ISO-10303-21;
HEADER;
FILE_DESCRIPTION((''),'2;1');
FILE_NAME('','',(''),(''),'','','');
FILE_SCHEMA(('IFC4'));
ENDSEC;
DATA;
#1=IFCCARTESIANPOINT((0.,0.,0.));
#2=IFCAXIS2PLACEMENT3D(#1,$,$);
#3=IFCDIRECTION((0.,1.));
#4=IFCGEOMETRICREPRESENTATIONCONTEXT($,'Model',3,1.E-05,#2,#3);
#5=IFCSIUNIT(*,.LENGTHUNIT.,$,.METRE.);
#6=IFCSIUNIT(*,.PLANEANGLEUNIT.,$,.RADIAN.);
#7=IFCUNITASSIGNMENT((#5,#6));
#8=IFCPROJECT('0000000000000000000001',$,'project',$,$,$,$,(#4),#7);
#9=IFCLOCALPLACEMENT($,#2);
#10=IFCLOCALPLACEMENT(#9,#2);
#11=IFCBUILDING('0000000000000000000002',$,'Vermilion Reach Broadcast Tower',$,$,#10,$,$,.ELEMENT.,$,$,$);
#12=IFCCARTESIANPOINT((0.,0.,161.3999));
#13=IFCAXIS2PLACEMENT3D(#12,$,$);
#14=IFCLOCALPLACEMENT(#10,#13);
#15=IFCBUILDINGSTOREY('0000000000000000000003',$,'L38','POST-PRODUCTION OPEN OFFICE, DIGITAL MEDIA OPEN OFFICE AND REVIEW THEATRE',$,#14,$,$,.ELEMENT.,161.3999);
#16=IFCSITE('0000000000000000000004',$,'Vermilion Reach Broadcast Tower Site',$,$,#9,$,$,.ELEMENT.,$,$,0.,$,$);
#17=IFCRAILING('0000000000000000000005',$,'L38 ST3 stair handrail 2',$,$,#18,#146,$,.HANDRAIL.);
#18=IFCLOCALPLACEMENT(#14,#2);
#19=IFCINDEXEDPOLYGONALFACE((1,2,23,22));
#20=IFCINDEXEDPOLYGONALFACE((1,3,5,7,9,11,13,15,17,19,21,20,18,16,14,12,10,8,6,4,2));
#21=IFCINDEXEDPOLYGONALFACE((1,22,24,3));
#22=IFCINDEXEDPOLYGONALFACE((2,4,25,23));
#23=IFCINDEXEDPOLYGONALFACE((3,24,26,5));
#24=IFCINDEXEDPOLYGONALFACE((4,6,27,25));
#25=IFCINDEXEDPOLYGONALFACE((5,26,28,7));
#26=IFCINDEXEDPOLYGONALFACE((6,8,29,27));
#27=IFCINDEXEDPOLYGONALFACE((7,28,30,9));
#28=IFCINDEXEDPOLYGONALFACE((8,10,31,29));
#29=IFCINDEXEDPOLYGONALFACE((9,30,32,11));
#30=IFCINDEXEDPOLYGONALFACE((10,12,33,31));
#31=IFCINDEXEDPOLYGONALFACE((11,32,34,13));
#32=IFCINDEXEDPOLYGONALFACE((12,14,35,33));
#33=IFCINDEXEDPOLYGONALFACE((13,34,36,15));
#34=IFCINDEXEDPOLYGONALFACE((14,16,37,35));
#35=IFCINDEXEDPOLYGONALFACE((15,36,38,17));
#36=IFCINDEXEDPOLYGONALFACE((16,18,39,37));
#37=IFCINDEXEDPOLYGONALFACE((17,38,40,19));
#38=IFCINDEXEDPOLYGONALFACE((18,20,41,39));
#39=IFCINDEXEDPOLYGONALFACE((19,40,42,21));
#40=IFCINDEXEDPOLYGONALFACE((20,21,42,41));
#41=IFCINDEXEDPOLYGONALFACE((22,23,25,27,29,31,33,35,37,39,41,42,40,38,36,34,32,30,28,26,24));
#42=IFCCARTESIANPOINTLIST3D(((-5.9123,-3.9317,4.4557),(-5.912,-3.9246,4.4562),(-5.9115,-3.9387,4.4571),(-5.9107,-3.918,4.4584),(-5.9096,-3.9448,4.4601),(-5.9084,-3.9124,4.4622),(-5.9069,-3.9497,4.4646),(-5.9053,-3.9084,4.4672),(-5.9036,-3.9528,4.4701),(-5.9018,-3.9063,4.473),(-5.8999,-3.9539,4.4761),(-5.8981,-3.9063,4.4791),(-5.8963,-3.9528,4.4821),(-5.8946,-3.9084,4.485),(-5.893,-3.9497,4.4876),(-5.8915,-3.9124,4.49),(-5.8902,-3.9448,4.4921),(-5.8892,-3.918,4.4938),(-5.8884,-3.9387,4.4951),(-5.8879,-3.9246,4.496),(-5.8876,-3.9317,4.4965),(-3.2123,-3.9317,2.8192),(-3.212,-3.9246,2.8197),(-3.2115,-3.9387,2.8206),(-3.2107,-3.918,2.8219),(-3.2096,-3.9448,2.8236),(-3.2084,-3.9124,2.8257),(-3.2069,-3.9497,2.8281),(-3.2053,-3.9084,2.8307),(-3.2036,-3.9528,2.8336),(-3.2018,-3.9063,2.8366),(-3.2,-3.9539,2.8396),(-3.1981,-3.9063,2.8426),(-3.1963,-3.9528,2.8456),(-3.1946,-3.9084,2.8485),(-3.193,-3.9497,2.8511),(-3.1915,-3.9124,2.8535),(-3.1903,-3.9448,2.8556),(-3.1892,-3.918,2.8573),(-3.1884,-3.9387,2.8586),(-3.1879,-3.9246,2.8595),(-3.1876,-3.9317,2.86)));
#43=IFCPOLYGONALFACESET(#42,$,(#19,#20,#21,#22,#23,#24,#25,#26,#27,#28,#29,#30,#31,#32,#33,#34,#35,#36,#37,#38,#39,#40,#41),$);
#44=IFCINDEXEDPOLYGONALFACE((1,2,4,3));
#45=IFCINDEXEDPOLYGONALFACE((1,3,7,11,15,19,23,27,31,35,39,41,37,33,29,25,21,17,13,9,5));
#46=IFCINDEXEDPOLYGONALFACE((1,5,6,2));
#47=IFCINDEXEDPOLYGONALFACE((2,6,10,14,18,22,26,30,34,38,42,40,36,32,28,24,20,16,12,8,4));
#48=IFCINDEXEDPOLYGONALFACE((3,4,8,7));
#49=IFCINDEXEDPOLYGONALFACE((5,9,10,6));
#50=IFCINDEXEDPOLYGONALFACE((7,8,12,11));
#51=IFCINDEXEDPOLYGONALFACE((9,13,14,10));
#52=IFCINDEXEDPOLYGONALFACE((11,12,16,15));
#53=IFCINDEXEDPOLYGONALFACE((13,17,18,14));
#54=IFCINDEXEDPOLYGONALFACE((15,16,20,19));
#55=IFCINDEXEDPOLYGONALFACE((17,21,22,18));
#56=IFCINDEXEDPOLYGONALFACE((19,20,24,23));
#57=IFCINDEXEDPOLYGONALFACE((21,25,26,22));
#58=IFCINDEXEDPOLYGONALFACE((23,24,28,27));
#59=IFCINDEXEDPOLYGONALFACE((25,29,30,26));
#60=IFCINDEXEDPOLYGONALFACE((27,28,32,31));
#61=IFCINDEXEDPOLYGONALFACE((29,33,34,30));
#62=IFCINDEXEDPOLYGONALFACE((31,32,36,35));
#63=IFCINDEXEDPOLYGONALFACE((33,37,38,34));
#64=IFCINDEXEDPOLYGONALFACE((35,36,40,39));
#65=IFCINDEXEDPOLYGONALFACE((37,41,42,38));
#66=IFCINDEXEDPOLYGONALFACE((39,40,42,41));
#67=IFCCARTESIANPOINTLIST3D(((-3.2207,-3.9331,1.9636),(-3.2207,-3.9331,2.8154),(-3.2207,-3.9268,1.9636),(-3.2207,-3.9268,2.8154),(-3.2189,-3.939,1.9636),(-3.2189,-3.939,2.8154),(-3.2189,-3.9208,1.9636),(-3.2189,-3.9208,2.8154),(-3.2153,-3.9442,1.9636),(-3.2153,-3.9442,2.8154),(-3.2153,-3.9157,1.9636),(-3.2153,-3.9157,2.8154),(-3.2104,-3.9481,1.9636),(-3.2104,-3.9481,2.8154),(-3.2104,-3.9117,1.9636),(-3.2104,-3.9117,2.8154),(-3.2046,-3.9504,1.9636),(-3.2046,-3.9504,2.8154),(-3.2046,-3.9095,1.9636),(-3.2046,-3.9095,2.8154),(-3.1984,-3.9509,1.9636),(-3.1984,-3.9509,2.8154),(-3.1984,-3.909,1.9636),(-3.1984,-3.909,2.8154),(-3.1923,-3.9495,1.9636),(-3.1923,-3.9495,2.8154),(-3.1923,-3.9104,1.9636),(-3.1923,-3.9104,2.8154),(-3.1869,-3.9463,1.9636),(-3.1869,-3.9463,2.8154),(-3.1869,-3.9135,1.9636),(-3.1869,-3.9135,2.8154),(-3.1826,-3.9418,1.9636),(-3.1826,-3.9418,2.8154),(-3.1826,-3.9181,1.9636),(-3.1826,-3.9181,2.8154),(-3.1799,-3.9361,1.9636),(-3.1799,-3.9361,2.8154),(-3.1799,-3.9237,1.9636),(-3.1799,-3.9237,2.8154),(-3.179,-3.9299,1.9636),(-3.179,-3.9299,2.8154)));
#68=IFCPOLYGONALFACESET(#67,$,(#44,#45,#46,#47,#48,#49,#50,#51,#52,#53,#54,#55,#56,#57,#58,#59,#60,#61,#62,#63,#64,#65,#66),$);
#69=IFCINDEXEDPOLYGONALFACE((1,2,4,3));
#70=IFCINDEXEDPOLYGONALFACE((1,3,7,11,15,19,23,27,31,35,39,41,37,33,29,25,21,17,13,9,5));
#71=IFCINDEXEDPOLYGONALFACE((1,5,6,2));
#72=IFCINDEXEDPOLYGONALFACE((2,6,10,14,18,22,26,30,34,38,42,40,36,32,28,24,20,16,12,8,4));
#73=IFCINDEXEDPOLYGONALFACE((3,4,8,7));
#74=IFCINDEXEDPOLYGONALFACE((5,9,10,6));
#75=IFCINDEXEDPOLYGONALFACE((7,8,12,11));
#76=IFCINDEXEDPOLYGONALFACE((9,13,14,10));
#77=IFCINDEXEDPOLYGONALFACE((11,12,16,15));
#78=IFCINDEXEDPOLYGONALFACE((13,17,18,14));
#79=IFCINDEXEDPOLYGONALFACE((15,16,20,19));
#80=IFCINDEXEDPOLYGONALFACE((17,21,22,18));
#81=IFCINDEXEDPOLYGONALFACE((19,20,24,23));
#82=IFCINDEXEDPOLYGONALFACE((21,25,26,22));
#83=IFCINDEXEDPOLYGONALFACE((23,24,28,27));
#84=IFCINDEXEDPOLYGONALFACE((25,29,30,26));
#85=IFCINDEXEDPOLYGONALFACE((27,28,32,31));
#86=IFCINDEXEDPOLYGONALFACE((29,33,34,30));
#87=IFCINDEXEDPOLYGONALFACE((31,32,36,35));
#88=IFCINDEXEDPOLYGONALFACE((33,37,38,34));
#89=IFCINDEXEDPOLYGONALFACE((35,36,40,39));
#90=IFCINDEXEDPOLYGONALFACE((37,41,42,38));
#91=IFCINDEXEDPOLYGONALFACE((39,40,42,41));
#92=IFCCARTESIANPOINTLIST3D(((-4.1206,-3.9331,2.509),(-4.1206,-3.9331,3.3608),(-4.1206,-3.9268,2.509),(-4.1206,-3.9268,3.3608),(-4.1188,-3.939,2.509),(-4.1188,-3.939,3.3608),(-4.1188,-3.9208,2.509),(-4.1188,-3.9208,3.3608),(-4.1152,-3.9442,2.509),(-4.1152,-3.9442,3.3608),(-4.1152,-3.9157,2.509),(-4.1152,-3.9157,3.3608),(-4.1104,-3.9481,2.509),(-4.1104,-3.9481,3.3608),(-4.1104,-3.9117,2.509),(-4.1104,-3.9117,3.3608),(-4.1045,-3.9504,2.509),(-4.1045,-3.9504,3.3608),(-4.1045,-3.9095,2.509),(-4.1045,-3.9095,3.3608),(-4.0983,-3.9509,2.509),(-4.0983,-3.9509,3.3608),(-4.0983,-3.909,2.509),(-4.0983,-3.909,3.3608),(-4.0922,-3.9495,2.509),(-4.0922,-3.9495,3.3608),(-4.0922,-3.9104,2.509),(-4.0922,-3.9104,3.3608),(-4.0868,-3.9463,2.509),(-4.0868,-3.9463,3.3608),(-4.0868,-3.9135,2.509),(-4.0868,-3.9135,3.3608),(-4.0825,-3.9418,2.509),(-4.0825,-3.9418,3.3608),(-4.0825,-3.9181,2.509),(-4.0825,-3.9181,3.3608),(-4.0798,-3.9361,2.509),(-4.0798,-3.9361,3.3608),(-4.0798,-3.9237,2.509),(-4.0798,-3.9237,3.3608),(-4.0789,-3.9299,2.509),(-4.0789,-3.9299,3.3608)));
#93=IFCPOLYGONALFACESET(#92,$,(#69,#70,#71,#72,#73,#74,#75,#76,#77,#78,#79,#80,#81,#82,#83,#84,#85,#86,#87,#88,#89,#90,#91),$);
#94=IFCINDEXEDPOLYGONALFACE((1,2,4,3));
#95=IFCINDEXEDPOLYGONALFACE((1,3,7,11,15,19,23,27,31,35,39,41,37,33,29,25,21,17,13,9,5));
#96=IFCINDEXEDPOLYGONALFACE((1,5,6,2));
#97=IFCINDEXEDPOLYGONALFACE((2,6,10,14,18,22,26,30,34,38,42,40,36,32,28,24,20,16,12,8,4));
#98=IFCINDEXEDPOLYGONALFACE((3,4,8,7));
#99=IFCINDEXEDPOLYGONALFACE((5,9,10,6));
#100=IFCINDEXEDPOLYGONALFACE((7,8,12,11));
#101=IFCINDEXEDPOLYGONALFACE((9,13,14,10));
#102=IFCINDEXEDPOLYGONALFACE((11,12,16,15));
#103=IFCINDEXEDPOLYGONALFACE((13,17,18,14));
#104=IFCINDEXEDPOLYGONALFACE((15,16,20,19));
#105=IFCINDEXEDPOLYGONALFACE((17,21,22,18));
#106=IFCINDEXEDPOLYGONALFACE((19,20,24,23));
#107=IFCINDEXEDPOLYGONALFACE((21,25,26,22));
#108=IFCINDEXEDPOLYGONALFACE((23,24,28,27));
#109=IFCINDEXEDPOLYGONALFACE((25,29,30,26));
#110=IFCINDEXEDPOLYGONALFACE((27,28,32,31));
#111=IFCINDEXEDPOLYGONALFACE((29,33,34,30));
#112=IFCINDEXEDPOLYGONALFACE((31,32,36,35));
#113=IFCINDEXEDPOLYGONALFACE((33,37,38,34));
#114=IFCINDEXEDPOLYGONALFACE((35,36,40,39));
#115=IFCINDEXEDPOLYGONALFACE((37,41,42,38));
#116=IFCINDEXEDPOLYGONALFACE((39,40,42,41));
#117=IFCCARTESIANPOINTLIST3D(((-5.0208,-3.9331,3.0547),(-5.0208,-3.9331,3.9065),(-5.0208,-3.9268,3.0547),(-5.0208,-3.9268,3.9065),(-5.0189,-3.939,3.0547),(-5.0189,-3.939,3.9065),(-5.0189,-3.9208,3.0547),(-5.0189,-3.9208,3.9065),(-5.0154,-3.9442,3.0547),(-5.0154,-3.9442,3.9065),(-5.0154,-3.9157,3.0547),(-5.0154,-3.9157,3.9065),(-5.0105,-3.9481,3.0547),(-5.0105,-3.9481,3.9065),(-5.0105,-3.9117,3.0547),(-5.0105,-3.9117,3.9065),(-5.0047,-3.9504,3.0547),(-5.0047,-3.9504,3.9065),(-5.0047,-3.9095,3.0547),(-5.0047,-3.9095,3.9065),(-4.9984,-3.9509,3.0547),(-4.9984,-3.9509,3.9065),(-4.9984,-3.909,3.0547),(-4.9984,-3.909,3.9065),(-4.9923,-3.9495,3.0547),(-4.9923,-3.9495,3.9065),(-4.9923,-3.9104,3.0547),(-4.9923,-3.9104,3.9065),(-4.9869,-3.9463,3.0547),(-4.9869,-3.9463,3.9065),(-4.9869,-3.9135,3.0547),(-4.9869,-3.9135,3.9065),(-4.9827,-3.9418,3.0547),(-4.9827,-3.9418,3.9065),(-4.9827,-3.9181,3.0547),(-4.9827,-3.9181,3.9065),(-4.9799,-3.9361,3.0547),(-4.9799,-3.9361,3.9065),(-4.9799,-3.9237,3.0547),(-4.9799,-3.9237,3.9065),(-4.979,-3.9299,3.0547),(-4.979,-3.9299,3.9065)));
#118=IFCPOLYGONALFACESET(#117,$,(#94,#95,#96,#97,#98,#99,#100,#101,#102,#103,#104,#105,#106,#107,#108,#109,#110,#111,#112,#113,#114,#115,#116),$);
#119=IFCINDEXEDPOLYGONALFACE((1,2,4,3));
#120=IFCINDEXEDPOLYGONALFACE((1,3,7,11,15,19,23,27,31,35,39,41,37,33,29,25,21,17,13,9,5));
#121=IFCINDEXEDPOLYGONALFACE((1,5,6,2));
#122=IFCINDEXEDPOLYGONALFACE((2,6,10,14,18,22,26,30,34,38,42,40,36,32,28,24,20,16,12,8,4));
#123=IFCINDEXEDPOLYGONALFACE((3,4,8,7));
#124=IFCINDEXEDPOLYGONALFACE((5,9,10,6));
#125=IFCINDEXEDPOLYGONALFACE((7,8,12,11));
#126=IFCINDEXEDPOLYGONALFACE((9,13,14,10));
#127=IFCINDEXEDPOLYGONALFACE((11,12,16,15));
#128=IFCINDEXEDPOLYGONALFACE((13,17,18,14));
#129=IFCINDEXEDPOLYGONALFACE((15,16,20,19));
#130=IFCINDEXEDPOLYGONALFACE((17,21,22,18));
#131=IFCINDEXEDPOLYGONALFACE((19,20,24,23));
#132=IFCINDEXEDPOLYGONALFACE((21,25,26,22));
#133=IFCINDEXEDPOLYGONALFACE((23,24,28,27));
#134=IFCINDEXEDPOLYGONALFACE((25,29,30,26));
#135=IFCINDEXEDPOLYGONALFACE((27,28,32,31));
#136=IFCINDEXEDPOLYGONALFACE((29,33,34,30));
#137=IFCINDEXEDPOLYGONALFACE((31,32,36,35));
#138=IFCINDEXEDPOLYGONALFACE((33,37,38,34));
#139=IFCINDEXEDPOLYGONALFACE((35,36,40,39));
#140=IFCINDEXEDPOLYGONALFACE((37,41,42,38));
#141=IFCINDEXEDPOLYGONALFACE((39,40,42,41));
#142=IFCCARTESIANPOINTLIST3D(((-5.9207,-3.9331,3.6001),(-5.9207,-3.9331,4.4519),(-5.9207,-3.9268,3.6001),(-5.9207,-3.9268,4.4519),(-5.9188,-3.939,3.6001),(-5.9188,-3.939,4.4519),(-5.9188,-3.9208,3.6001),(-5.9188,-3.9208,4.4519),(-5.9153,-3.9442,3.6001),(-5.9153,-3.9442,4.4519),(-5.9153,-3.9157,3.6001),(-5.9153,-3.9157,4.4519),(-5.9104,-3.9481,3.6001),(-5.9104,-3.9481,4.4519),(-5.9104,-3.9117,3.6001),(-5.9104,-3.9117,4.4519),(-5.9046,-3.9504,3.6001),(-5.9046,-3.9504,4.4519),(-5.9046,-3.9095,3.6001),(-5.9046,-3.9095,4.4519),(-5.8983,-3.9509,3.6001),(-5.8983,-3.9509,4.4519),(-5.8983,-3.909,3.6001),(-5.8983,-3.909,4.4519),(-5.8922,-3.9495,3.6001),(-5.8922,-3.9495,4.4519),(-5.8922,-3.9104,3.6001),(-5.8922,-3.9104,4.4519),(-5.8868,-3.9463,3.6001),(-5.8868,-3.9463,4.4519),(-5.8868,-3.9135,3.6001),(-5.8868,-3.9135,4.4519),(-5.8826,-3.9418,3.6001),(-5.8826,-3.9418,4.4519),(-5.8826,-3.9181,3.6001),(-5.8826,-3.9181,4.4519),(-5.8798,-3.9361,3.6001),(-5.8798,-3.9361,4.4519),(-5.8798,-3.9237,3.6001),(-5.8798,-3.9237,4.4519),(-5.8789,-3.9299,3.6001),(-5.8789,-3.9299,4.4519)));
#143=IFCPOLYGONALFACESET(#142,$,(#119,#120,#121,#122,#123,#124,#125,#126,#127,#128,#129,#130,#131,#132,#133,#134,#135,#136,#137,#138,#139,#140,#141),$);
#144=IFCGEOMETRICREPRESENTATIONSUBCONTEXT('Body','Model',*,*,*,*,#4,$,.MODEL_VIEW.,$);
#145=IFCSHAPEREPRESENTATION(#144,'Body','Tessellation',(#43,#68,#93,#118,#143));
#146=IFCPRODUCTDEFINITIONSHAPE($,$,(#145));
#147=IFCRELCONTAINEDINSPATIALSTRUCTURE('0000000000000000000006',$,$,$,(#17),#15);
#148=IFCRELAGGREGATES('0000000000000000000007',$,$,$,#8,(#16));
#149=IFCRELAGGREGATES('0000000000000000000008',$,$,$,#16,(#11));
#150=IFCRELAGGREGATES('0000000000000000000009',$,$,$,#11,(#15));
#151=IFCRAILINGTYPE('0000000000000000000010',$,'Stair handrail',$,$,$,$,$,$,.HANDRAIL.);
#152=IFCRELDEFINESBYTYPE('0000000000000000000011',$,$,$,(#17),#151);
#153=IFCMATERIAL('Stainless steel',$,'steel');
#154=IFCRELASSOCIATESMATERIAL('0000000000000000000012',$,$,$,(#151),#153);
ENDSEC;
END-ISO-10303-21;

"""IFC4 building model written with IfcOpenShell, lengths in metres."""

from ifc_helpers import new_model, si_unit, direction, frame, origin, origin_2d, place, context, subcontext, project, spatial, circle, extrude, material, type_object, element, save


model = new_model("IFC4")

# Units and contexts
model_context = context("Model", 3, precision=1e-05, world=origin(), true_north=direction((0.0, 1.0)))
body_context = subcontext(model_context, "Body", "Model", "MODEL_VIEW")
ifc_project = project(units=[si_unit("LENGTHUNIT", "METRE"), si_unit("PLANEANGLEUNIT", "RADIAN")], contexts=[model_context])

# Site, building, storey
site_placement = place(None, origin())
site = spatial("IfcSite", under=ifc_project, at=site_placement, Name="Vermilion Reach Broadcast Tower Site", CompositionType="ELEMENT", RefElevation=0.0)
building_placement = place(site_placement, origin())
building = spatial("IfcBuilding", under=site, at=building_placement, Name="Vermilion Reach Broadcast Tower", CompositionType="ELEMENT")
storey_placement = place(building_placement, frame((0.0, 0.0, 161.3999)))
storey = spatial("IfcBuildingStorey", under=building, at=storey_placement, Name="L38", Description="POST-PRODUCTION OPEN OFFICE, DIGITAL MEDIA OPEN OFFICE AND REVIEW THEATRE", CompositionType="ELEMENT", Elevation=161.3999)

# Railing
ifc_material_1 = material(Name="Stainless steel", Category="steel")
railing_type_1 = type_object("IfcRailingType", Name="Stair handrail", PredefinedType="HANDRAIL", material=ifc_material_1)
railing_1_placement = place(storey_placement, frame((-3.2, -3.9299, 1.9636)))
element("IfcRailing", 1, at=railing_1_placement, inside=storey, type_object=railing_type_1, Name="L38 ST3 stair handrail 2", PredefinedType="HANDRAIL", context=body_context, shape_type="SweptSolid", body=[
    extrude(circle(Radius=0.0239, at=origin_2d()), frame((0.0, 0.0, 0.876), z_axis=(-0.855178, 0.0, 0.518334), x_axis=(0.0, -1.0, 0.0)), (0.0, 0.0, 1.0), 3.1572),
    extrude(circle(Radius=0.021, at=origin_2d()), origin(), (0.0, 0.0, 1.0), 0.8518),
    extrude(circle(Radius=0.021, at=origin_2d()), frame((-0.8999, 0.0, 0.5454)), (0.0, 0.0, 1.0), 0.8518),
    extrude(circle(Radius=0.021, at=origin_2d()), frame((-1.8, 0.0, 1.0911)), (0.0, 0.0, 1.0), 0.8518),
    extrude(circle(Radius=0.021, at=origin_2d()), frame((-2.7, 0.0, 1.6365)), (0.0, 0.0, 1.0), 0.8518),
])

save(model, "model.ifc")
